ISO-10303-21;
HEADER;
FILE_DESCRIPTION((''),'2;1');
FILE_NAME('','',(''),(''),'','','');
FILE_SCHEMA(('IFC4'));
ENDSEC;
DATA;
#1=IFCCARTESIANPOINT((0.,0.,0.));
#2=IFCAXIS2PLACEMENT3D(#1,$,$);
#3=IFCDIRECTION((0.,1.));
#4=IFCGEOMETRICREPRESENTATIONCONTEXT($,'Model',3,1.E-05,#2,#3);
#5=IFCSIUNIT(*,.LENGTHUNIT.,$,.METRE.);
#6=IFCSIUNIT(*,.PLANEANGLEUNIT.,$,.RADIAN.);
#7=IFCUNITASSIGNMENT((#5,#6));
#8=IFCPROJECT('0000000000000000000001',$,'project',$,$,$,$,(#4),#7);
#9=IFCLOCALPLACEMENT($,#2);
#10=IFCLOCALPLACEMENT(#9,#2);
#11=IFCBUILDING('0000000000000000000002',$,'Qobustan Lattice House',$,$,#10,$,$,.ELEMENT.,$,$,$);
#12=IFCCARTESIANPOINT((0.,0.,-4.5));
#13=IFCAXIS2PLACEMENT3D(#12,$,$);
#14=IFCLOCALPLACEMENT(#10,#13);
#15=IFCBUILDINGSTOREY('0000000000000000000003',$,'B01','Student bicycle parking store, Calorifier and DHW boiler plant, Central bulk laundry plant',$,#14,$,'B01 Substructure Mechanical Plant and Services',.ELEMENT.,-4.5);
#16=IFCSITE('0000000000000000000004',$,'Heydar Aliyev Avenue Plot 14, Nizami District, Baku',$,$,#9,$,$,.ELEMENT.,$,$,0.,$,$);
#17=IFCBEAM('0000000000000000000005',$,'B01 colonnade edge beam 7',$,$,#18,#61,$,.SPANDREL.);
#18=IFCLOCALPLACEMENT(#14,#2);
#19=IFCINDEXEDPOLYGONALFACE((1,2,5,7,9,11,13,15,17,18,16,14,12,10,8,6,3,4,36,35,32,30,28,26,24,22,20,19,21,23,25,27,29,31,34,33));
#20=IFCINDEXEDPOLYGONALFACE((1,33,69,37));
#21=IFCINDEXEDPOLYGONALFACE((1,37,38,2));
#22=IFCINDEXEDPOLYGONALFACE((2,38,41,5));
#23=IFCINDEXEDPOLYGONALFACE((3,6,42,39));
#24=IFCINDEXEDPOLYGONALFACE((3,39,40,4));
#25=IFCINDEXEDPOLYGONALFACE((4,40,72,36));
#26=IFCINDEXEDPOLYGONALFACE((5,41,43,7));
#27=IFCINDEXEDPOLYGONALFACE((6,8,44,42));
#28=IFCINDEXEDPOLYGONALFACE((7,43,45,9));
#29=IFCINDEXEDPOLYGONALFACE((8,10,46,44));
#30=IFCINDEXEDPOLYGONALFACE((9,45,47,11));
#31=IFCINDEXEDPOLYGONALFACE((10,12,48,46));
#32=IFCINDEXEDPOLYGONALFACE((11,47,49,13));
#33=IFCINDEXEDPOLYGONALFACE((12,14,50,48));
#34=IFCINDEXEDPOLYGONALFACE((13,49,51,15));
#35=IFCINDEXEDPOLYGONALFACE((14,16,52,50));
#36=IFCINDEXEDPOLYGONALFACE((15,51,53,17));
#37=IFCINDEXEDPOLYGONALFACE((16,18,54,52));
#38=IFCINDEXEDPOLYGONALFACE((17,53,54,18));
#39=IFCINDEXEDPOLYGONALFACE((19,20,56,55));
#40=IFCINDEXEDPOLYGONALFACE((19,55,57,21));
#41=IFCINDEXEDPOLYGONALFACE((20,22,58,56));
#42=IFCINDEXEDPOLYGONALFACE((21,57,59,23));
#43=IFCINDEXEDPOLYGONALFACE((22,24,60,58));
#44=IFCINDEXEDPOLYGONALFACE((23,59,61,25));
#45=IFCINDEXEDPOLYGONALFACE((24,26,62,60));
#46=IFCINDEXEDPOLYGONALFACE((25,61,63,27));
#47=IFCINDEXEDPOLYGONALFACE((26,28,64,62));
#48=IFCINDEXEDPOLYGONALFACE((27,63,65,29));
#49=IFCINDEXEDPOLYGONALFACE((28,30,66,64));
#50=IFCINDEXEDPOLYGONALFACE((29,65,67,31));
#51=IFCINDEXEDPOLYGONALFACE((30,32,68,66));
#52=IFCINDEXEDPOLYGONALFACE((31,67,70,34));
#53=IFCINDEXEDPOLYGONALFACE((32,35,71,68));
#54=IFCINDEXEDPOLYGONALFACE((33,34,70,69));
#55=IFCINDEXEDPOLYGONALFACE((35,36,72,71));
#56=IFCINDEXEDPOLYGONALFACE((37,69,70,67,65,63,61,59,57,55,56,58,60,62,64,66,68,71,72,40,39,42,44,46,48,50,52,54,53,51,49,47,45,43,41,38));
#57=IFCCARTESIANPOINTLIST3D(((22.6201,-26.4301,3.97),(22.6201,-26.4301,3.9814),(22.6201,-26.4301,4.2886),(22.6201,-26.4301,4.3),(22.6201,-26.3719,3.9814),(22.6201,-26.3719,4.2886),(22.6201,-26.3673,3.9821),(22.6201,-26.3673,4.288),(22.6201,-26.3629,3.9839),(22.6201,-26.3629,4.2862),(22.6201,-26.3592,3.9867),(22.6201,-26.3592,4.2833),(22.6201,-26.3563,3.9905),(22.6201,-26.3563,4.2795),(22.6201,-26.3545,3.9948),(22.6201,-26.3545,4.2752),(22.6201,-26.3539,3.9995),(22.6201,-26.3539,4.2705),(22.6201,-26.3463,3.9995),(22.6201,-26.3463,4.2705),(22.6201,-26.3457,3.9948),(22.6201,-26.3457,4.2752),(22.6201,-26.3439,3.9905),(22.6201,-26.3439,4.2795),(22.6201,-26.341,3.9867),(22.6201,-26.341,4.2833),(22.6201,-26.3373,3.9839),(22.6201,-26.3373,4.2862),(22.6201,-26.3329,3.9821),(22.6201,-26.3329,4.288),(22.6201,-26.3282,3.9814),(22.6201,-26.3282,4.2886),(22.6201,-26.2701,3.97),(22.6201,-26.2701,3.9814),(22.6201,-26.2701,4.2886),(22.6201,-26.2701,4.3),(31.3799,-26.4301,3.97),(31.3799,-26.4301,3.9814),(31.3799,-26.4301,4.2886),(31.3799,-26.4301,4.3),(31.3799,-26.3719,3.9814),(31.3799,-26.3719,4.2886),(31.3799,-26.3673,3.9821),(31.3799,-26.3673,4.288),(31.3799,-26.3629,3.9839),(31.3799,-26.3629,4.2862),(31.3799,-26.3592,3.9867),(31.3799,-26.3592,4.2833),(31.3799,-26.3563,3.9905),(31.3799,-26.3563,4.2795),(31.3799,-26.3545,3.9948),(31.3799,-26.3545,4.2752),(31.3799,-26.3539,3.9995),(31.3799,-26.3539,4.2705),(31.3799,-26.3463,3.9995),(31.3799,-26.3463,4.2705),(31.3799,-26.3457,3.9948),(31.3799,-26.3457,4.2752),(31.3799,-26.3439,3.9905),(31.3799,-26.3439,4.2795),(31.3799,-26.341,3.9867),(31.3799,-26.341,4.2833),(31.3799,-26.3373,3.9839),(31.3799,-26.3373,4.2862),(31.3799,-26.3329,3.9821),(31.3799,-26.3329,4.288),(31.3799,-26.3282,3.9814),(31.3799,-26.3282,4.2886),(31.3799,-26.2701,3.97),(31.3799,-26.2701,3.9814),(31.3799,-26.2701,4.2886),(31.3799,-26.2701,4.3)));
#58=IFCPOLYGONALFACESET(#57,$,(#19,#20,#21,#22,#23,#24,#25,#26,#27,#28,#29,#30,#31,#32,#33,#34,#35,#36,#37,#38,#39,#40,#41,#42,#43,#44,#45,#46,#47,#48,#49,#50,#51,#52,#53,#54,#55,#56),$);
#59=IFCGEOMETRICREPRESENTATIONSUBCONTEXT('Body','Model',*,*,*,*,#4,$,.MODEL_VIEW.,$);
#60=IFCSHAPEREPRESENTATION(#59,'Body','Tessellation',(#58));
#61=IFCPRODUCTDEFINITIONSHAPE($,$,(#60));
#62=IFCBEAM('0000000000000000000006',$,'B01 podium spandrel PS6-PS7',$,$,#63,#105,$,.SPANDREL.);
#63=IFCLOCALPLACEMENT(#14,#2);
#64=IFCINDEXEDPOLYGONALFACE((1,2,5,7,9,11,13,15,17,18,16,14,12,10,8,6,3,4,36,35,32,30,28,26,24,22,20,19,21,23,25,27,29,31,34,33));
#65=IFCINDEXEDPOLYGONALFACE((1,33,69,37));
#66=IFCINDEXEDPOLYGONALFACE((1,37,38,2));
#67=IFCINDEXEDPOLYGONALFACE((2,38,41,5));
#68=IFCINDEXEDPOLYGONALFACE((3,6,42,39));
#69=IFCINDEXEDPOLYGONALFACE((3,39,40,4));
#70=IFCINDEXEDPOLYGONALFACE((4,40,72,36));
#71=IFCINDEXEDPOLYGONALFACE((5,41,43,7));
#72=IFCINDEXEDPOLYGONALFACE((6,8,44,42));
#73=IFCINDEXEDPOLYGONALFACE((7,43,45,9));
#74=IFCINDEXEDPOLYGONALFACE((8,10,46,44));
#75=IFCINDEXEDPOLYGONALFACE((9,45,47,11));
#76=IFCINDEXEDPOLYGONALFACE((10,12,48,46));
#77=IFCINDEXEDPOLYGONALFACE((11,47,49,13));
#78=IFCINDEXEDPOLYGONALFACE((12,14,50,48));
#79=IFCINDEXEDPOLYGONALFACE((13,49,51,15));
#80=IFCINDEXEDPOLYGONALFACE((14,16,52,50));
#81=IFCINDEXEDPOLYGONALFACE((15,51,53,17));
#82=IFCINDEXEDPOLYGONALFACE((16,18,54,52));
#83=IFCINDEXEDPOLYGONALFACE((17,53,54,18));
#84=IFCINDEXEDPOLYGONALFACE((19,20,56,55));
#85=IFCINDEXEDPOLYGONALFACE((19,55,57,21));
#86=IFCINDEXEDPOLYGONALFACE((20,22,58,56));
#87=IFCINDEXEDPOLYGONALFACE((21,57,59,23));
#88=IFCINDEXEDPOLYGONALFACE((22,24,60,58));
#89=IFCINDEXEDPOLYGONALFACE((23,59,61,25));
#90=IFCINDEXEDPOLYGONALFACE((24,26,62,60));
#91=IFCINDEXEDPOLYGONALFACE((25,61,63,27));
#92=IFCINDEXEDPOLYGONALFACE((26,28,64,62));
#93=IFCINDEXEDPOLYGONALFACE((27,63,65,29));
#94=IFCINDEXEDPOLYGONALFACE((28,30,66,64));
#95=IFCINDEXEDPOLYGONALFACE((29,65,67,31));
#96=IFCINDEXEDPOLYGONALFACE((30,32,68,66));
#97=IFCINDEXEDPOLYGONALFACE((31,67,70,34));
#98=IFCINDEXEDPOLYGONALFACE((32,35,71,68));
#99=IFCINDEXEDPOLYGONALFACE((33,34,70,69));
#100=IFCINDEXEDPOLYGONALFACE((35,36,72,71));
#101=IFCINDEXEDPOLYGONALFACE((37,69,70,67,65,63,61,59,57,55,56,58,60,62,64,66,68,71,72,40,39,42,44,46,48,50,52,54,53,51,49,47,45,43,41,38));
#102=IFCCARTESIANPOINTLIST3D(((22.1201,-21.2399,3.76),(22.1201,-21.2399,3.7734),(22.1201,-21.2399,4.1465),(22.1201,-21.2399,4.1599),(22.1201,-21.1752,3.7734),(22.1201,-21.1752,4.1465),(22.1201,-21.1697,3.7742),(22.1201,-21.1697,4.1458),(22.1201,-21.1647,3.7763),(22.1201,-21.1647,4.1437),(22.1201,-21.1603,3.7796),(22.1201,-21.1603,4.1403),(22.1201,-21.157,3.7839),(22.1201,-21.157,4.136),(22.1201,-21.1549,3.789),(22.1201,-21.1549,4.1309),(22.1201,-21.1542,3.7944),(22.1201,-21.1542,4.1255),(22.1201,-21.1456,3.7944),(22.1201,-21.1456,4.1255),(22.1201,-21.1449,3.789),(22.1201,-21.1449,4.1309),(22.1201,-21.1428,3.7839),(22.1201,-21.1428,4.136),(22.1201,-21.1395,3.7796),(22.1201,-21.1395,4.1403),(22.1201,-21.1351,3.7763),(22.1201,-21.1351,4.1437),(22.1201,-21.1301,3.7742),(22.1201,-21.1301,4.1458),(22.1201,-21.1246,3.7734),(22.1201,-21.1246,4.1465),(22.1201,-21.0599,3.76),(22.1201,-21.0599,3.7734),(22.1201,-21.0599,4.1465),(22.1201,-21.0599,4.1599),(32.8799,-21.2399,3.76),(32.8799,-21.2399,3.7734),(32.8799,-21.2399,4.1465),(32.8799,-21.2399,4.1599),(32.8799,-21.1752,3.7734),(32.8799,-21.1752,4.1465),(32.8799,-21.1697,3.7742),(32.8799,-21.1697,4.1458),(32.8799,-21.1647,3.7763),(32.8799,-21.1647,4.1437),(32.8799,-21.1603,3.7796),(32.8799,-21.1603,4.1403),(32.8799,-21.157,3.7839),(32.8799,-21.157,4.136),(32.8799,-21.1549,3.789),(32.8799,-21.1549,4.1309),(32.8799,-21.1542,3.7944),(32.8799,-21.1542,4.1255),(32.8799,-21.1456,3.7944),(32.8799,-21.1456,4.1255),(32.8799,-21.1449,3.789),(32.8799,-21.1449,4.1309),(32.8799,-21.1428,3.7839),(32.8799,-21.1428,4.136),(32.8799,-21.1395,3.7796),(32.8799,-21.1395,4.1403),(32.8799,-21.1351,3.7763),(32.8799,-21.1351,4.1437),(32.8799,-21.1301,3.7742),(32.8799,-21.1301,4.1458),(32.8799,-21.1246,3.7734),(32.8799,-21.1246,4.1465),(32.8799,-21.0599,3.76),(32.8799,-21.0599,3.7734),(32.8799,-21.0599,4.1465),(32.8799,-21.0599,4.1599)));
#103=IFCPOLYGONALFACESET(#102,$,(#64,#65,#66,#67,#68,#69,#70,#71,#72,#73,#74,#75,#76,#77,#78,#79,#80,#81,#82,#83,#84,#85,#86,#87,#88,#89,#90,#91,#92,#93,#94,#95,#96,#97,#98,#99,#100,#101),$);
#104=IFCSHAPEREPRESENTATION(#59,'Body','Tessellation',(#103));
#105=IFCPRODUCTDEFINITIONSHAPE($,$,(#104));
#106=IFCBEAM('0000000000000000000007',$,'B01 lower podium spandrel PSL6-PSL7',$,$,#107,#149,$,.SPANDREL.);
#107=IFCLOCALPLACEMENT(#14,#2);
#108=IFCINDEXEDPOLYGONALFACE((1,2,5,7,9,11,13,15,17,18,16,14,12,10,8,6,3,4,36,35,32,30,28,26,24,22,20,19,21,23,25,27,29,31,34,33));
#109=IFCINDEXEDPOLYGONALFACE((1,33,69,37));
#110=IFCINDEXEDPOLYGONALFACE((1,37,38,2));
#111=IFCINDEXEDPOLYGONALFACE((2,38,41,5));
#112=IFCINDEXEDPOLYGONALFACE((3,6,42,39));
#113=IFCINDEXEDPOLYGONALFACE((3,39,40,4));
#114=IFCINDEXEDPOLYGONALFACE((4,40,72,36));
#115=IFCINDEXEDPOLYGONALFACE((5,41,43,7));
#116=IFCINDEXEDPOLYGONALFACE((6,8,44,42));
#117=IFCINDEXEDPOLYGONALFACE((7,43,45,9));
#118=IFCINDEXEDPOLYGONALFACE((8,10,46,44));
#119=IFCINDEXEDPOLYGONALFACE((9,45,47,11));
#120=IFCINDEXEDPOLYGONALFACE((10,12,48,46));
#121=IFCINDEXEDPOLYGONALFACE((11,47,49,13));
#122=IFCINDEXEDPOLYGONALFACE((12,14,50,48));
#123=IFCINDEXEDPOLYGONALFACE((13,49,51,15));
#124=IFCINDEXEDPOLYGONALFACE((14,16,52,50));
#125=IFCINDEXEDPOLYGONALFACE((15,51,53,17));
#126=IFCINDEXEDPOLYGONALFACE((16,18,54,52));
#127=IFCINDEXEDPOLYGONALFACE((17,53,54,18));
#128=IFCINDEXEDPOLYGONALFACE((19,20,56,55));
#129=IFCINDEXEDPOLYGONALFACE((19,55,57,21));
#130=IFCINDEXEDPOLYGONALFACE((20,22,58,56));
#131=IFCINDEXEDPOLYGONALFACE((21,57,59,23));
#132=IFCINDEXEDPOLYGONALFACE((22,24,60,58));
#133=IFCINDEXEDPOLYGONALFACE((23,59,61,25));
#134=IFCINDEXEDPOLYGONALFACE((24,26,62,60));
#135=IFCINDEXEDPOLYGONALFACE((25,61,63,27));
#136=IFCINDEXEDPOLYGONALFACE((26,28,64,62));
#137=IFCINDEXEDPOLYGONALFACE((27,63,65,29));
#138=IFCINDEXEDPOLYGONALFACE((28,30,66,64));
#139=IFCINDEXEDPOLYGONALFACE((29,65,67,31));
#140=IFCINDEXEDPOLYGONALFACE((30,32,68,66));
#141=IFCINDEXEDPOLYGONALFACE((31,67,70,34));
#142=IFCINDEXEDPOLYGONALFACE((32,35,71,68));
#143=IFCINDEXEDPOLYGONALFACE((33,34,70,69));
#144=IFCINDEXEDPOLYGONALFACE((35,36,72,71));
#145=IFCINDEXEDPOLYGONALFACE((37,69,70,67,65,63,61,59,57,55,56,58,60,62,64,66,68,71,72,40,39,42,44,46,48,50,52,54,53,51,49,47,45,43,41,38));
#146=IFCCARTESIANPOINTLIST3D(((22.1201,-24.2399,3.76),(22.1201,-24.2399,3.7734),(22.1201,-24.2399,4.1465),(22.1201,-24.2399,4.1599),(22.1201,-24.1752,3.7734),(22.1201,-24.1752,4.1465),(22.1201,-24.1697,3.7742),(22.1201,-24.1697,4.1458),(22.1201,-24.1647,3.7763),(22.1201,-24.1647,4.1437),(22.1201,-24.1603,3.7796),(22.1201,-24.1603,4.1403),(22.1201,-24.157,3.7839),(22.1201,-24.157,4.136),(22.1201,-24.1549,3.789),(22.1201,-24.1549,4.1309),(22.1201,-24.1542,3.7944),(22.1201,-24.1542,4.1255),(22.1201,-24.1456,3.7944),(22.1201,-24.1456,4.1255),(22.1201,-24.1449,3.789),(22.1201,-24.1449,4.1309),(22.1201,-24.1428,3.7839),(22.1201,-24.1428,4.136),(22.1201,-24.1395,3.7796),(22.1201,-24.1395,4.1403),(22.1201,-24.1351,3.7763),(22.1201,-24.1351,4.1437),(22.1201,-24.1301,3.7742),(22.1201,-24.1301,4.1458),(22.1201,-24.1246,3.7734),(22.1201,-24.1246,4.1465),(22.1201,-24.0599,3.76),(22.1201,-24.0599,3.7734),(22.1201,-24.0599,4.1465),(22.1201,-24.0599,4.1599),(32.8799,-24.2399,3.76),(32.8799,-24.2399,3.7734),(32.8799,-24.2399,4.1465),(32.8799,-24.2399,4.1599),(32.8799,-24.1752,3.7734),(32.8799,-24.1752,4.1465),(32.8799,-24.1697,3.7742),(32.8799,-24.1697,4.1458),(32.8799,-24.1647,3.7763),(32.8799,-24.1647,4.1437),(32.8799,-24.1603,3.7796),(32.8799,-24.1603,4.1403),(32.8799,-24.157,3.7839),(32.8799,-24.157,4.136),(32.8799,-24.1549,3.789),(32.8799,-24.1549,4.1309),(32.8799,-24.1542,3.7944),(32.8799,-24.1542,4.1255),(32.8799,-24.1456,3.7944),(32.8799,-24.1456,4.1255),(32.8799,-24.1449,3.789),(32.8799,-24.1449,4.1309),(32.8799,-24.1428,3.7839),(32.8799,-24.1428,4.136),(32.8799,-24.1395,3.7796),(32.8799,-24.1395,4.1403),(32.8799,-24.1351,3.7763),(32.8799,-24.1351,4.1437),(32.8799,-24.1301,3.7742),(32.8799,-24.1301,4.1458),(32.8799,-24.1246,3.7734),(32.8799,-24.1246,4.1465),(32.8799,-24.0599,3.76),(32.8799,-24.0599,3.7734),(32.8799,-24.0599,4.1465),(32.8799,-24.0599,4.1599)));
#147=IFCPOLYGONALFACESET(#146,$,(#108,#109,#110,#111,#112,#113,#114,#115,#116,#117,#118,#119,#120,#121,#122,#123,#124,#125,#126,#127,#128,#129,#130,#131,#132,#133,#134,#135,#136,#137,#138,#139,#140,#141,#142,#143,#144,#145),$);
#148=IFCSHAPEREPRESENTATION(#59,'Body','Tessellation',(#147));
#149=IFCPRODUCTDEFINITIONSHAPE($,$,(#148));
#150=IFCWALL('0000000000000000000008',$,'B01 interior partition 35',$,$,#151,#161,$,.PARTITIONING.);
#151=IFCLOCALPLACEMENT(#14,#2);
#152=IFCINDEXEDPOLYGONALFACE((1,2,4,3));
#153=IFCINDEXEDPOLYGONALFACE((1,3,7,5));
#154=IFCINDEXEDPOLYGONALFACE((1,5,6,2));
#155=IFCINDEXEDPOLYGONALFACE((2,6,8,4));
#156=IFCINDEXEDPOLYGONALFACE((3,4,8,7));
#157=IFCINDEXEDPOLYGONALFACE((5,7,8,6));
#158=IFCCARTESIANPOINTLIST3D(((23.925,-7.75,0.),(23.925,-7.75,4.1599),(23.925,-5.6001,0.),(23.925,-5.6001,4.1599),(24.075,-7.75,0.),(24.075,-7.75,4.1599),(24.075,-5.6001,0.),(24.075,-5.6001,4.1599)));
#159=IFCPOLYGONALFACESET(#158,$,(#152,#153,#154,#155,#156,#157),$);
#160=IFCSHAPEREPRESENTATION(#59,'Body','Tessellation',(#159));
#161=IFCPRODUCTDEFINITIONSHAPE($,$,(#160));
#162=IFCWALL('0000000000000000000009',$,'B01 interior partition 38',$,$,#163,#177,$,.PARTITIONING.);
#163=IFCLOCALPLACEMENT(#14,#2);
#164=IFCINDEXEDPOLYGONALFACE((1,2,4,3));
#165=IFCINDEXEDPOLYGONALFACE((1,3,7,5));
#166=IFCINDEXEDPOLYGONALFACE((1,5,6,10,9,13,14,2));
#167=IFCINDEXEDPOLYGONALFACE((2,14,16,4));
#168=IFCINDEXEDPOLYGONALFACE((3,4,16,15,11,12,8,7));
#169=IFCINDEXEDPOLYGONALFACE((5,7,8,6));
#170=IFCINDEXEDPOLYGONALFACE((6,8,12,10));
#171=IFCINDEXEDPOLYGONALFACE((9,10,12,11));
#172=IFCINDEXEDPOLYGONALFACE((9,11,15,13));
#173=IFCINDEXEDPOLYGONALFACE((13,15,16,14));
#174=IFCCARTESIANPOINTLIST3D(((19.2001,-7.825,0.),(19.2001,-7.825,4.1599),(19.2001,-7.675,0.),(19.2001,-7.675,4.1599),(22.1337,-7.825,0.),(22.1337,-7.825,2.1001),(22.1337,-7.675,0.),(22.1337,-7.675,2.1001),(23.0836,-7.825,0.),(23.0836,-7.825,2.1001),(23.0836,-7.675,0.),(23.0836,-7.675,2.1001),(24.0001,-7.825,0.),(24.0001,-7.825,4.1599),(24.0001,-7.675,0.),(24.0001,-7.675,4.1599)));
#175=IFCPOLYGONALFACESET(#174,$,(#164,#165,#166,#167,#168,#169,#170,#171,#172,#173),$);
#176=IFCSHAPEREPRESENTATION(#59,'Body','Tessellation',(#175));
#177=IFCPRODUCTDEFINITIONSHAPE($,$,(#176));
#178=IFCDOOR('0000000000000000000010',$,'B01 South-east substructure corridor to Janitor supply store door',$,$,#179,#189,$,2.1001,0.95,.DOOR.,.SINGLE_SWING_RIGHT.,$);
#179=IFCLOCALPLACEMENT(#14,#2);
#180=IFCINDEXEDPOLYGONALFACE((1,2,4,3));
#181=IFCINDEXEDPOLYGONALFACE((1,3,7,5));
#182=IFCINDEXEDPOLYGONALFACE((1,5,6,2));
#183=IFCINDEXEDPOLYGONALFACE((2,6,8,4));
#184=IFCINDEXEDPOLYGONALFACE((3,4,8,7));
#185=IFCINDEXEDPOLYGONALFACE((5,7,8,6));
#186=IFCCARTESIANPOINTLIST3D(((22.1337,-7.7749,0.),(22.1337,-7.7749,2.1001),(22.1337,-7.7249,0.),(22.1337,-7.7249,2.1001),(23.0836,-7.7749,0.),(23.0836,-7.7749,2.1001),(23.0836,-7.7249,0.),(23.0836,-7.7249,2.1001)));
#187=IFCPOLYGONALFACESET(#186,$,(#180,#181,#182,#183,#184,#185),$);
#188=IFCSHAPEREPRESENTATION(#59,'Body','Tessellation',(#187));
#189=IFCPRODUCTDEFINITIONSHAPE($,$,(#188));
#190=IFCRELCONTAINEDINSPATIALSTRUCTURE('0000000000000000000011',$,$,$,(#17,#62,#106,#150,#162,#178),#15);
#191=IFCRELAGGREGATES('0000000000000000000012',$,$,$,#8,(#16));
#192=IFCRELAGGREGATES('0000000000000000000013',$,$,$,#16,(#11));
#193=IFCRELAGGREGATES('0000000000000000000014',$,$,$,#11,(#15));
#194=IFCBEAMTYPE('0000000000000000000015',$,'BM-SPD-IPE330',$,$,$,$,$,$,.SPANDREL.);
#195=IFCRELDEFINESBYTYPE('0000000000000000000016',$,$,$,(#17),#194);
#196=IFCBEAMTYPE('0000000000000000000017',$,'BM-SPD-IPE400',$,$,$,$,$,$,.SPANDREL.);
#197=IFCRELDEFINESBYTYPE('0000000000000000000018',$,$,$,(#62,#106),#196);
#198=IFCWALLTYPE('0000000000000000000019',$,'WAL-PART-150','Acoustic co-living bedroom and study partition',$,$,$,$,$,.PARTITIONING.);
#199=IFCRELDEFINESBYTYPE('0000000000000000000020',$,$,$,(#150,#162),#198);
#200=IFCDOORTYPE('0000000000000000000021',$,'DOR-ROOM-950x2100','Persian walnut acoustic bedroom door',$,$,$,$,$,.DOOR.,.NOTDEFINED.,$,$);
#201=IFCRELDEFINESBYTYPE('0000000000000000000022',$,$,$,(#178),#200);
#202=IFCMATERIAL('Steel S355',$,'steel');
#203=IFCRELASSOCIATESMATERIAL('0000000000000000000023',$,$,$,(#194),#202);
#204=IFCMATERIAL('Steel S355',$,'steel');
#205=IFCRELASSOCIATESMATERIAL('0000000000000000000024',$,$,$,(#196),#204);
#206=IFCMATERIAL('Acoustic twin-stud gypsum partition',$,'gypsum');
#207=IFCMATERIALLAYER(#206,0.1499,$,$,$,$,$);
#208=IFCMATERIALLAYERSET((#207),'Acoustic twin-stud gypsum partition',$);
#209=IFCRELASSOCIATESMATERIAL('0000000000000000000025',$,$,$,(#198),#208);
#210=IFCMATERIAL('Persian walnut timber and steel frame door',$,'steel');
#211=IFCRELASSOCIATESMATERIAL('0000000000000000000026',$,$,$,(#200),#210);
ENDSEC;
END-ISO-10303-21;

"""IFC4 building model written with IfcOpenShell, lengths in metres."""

from ifc_helpers import new_model, si_unit, direction, frame, frame_2d, origin, origin_2d, place, context, subcontext, project, spatial, rectangle, i_section, extrude, material, layer, layer_set, material_profile, profile_set, type_object, element, fill, save


model = new_model("IFC4")

# Units and contexts
model_context = context("Model", 3, precision=1e-05, world=origin(), true_north=direction((0.0, 1.0)))
body_context = subcontext(model_context, "Body", "Model", "MODEL_VIEW")
ifc_project = project(units=[si_unit("LENGTHUNIT", "METRE"), si_unit("PLANEANGLEUNIT", "RADIAN")], contexts=[model_context])

# Site, building, storey
site_placement = place(None, origin())
site = spatial("IfcSite", under=ifc_project, at=site_placement, Name="Heydar Aliyev Avenue Plot 14, Nizami District, Baku", CompositionType="ELEMENT", RefElevation=0.0)
building_placement = place(site_placement, origin())
building = spatial("IfcBuilding", under=site, at=building_placement, Name="Qobustan Lattice House", CompositionType="ELEMENT")
storey_placement = place(building_placement, frame((0.0, 0.0, -4.5)))
storey = spatial("IfcBuildingStorey", under=building, at=storey_placement, Name="B01", Description="Student bicycle parking store, Calorifier and DHW boiler plant, Central bulk laundry plant", LongName="B01 Substructure Mechanical Plant and Services", CompositionType="ELEMENT", Elevation=-4.5)

# Beams
ifc_material_1 = material(Name="Steel S355", Category="steel")
ifc_material_profile_1 = material_profile(ifc_material_1, i_section(OverallWidth=0.1599, OverallDepth=0.3301, WebThickness=0.0076, FlangeThickness=0.0115, FilletRadius=0.0181, at=origin_2d()), Name="IPE330")
ifc_profile_set_1 = profile_set([ifc_material_profile_1], Name="Steel S355")
beam_type_1 = type_object("IfcBeamType", Name="BM-SPD-IPE330", PredefinedType="SPANDREL", material=ifc_profile_set_1)
beam_1_placement = place(storey_placement, frame((22.6201, -26.3501, 4.135), z_axis=(1.0, 0.0, 0.0), x_axis=(0.0, 1.0, 0.0)))
element("IfcBeam", 1, at=beam_1_placement, inside=storey, type_object=beam_type_1, Name="B01 colonnade edge beam 7", PredefinedType="SPANDREL", context=body_context, shape_type="SweptSolid", body=[
    extrude(i_section(OverallWidth=0.1599, OverallDepth=0.3301, WebThickness=0.0076, FlangeThickness=0.0115, FilletRadius=0.0181, at=origin_2d()), origin(), (0.0, 0.0, 1.0), 8.7598),
])
ifc_material_2 = material(Name="Steel S355", Category="steel")
ifc_material_profile_2 = material_profile(ifc_material_2, i_section(OverallWidth=0.1799, OverallDepth=0.3999, WebThickness=0.0085, FlangeThickness=0.0134, FilletRadius=0.021, at=origin_2d()), Name="IPE400")
ifc_profile_set_2 = profile_set([ifc_material_profile_2], Name="Steel S355")
beam_type_2 = type_object("IfcBeamType", Name="BM-SPD-IPE400", PredefinedType="SPANDREL", material=ifc_profile_set_2)
for number, where, z_axis, x_axis, name in (
    (2, (22.1201, -21.1499, 3.96), (1.0, 0.0, 0.0), (0.0, 1.0, 0.0), "B01 podium spandrel PS6-PS7"),
    (3, (22.1201, -24.1499, 3.96), (1.0, 0.0, 0.0), (0.0, 1.0, 0.0), "B01 lower podium spandrel PSL6-PSL7"),
):
    element("IfcBeam", number, at=place(storey_placement, frame(where, z_axis=z_axis, x_axis=x_axis)), inside=storey, type_object=beam_type_2, Name=name, PredefinedType="SPANDREL", context=body_context, shape_type="SweptSolid", body=[
        extrude(i_section(OverallWidth=0.1799, OverallDepth=0.3999, WebThickness=0.0085, FlangeThickness=0.0134, FilletRadius=0.021, at=origin_2d()), origin(), (0.0, 0.0, 1.0), 10.7598),
    ])

# Wall
ifc_material_3 = material(Name="Acoustic twin-stud gypsum partition", Category="gypsum")
ifc_layer_1 = layer(ifc_material_3, 0.1499)
ifc_layer_set_1 = layer_set([ifc_layer_1], Name="Acoustic twin-stud gypsum partition")
wall_type_1 = type_object("IfcWallType", Name="WAL-PART-150", Description="Acoustic co-living bedroom and study partition", PredefinedType="PARTITIONING", material=ifc_layer_set_1)
wall_1_placement = place(storey_placement, frame((24.0, -5.6001, 0.0), z_axis=(0.0, 0.0, 1.0), x_axis=(0.0, -1.0, 0.0)))
element("IfcWall", 4, at=wall_1_placement, inside=storey, type_object=wall_type_1, Name="B01 interior partition 35", PredefinedType="PARTITIONING", context=body_context, shape_type="SweptSolid", body=[
    extrude(rectangle(XDim=2.1499, YDim=0.1499, at=frame_2d((1.075, 0.0))), origin(), (0.0, 0.0, 1.0), 4.1599),
])

# Wall, opening, door
wall_2_placement = place(storey_placement, frame((24.0, -7.75, 0.0), z_axis=(0.0, 0.0, 1.0), x_axis=(-1.0, 0.0, 0.0)))
wall_2 = element("IfcWall", 5, at=wall_2_placement, inside=storey, type_object=wall_type_1, Name="B01 interior partition 38", PredefinedType="PARTITIONING", context=body_context, shape_type="SweptSolid", body=[
    extrude(rectangle(XDim=4.8, YDim=0.1499, at=frame_2d((2.3999, 0.0))), origin(), (0.0, 0.0, 1.0), 4.1599),
])
opening_1_placement = place(wall_2_placement, frame((0.9163, 0.0, 0.0)))
opening_1 = element("IfcOpeningElement", 6, at=opening_1_placement, cuts=wall_2, PredefinedType="OPENING", context=body_context, shape_type="SweptSolid", body=[
    extrude(rectangle(XDim=0.95, YDim=2.1001, at=frame_2d((0.4751, 1.05))), frame((0.0, 0.085, 0.0), z_axis=(0.0, -1.0, 0.0), x_axis=(1.0, 0.0, 0.0)), (0.0, 0.0, 1.0), 0.1699),
])
ifc_material_4 = material(Name="Persian walnut timber and steel frame door", Category="steel")
door_type = type_object("IfcDoorType", Name="DOR-ROOM-950x2100", Description="Persian walnut acoustic bedroom door", OperationType="NOTDEFINED", PredefinedType="DOOR", material=ifc_material_4)
door_1_placement = place(opening_1_placement, origin())
door_1 = element("IfcDoor", 7, at=door_1_placement, inside=storey, type_object=door_type, Name="B01 South-east substructure corridor to Janitor supply store door", OperationType="SINGLE_SWING_RIGHT", OverallHeight=2.1001, OverallWidth=0.95, PredefinedType="DOOR", context=body_context, shape_type="SweptSolid", body=[
    extrude(rectangle(XDim=0.95, YDim=2.1001, at=frame_2d((0.4751, 1.05))), frame((0.0, 0.0249, 0.0), z_axis=(0.0, -1.0, 0.0), x_axis=(1.0, 0.0, 0.0)), (0.0, 0.0, 1.0), 0.05),
])
fill(opening_1, door_1)

save(model, "model.ifc")
